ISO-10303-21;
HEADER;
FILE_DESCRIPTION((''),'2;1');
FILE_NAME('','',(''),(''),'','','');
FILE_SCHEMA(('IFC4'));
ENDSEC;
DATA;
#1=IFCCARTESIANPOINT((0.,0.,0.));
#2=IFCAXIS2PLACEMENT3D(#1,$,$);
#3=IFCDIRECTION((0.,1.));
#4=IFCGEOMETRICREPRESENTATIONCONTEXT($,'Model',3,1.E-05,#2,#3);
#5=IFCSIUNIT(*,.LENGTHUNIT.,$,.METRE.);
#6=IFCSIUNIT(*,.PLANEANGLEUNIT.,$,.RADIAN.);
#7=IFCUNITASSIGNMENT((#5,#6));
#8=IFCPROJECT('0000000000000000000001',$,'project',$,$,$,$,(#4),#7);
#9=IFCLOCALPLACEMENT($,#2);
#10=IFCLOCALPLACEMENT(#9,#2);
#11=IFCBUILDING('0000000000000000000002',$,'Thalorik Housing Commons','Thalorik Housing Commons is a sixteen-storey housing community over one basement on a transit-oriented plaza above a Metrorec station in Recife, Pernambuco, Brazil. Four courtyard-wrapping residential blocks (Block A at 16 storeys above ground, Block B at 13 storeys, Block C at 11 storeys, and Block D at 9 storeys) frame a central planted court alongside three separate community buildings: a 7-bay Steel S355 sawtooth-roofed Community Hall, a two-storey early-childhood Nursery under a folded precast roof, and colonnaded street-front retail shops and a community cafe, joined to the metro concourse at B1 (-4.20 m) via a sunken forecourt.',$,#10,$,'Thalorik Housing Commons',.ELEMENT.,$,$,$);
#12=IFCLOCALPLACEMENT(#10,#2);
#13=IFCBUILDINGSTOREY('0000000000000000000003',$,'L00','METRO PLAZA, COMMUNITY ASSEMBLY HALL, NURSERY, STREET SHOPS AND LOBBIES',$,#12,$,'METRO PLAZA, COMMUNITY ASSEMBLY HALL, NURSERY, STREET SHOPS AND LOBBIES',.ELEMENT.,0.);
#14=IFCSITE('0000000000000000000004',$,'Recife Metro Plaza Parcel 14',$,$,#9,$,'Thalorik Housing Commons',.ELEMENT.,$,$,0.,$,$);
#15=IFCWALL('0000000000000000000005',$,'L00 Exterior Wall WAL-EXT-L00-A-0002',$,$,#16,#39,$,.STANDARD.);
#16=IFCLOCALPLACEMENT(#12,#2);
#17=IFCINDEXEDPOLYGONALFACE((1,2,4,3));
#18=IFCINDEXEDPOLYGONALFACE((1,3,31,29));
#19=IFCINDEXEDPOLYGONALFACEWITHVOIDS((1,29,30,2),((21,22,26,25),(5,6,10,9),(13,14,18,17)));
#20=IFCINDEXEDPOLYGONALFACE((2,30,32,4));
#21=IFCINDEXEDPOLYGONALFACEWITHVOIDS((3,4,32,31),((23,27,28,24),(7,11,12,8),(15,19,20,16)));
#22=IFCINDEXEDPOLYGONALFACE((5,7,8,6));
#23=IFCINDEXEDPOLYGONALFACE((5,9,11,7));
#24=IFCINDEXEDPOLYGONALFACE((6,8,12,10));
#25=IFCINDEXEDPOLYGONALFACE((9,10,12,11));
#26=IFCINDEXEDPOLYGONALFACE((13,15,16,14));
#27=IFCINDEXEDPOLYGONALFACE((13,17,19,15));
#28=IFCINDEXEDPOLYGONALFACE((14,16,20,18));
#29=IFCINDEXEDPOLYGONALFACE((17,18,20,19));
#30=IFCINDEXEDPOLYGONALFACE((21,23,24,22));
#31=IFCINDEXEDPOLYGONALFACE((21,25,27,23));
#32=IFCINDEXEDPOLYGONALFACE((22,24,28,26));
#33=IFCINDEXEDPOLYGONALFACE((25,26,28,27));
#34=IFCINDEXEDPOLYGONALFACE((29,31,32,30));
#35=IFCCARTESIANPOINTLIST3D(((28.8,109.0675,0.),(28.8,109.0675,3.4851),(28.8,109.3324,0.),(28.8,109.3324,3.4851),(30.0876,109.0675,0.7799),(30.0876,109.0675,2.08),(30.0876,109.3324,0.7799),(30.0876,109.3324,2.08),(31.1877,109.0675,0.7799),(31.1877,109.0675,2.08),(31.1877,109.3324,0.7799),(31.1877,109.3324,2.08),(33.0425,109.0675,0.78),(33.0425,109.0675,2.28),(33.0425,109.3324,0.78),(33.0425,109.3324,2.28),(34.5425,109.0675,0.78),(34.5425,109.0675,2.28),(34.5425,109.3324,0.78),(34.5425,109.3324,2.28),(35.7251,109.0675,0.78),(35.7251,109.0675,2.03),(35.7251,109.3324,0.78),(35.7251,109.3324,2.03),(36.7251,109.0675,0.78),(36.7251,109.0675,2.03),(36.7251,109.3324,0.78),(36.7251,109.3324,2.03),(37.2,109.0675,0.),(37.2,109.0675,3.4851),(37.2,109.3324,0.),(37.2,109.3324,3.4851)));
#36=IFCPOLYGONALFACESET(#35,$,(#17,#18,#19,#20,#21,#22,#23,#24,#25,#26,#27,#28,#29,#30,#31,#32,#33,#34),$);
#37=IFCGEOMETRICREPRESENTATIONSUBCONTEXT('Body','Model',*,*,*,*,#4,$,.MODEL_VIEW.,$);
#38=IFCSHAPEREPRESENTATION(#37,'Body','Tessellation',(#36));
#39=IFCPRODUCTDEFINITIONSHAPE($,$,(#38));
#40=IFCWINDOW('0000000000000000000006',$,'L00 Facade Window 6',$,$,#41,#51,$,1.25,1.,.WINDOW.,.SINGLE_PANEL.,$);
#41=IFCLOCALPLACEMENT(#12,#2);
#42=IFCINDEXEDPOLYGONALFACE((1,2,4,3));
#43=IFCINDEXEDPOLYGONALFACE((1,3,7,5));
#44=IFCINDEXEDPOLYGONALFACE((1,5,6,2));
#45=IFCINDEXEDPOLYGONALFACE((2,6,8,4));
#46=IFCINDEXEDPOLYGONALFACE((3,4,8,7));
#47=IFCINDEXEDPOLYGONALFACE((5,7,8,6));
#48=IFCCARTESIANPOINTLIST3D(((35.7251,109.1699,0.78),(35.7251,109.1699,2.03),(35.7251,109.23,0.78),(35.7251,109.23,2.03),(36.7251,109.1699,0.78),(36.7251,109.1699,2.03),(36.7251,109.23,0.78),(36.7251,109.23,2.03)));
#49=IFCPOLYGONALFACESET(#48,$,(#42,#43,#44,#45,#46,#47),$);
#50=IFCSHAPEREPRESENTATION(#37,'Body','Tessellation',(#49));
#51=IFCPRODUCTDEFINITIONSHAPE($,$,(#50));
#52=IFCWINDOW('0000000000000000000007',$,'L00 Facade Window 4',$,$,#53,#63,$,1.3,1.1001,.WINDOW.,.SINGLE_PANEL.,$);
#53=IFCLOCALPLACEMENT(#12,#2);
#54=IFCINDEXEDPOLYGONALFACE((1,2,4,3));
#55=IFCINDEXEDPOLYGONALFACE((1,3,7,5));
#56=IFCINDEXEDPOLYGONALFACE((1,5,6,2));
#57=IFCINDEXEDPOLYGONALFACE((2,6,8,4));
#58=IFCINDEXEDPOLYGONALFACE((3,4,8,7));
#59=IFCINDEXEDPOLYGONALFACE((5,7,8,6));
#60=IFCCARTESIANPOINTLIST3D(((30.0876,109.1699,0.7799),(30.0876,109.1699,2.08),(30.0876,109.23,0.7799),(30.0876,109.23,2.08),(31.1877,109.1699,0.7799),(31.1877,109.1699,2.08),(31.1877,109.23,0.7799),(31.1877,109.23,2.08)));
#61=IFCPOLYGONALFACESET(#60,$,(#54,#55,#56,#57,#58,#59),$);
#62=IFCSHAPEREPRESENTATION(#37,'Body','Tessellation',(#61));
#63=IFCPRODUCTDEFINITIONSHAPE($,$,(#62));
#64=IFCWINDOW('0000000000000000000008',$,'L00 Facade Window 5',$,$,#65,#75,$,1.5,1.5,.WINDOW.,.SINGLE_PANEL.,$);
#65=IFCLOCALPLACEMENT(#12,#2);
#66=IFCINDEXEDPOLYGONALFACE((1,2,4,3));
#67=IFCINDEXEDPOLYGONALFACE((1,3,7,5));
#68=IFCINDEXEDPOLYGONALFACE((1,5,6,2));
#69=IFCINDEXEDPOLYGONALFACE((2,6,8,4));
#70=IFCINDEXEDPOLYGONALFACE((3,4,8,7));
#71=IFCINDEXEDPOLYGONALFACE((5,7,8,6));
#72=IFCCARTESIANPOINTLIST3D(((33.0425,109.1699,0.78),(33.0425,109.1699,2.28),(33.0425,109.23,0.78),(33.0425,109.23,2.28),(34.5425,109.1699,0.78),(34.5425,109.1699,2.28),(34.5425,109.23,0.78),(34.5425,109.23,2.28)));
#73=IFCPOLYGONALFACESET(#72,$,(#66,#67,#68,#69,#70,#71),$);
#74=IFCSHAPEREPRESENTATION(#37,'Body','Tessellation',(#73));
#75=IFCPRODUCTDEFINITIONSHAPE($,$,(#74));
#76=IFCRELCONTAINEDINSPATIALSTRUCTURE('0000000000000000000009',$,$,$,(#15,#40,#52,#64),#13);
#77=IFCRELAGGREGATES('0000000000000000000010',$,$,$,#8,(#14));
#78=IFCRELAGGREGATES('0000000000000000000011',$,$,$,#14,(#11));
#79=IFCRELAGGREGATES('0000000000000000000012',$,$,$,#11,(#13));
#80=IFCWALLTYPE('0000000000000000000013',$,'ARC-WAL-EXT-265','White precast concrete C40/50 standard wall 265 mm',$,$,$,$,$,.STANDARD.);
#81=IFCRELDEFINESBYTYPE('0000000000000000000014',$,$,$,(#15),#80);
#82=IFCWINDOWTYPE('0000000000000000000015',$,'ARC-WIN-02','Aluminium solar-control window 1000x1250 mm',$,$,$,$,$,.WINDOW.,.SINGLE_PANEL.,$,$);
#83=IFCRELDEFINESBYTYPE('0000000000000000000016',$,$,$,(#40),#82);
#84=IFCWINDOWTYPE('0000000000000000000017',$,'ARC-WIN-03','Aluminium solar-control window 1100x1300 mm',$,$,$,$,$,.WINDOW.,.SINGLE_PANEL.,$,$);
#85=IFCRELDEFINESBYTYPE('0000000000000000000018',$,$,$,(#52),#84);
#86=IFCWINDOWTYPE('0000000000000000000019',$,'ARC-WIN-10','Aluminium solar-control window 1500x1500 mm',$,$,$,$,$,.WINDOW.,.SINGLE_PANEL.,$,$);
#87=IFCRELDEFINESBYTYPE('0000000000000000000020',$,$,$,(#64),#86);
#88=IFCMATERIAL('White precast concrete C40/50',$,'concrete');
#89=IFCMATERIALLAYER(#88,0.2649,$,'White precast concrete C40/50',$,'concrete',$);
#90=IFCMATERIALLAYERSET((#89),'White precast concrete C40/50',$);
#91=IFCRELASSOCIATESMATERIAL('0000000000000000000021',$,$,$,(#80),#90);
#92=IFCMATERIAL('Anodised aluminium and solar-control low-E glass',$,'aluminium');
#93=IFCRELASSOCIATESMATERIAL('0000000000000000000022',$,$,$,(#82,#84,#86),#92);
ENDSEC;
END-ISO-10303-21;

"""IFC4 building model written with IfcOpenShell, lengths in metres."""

from ifc_helpers import new_model, si_unit, direction, frame, frame_2d, origin, place, context, subcontext, project, spatial, rectangle, extrude, material, layer, layer_set, type_object, element, fill, save


model = new_model("IFC4")

# Units and contexts
model_context = context("Model", 3, precision=1e-05, world=origin(), true_north=direction((0.0, 1.0)))
body_context = subcontext(model_context, "Body", "Model", "MODEL_VIEW")
ifc_project = project(units=[si_unit("LENGTHUNIT", "METRE"), si_unit("PLANEANGLEUNIT", "RADIAN")], contexts=[model_context])

# Site, building, storey
site_placement = place(None, origin())
site = spatial("IfcSite", under=ifc_project, at=site_placement, Name="Recife Metro Plaza Parcel 14", LongName="Thalorik Housing Commons", CompositionType="ELEMENT", RefElevation=0.0)
building_placement = place(site_placement, origin())
building = spatial("IfcBuilding", under=site, at=building_placement, Name="Thalorik Housing Commons", Description="Thalorik Housing Commons is a sixteen-storey housing community over one basement on a transit-oriented plaza above a Metrorec station in Recife, Pernambuco, Brazil. Four courtyard-wrapping residential blocks (Block A at 16 storeys above ground, Block B at 13 storeys, Block C at 11 storeys, and Block D at 9 storeys) frame a central planted court alongside three separate community buildings: a 7-bay Steel S355 sawtooth-roofed Community Hall, a two-storey early-childhood Nursery under a folded precast roof, and colonnaded street-front retail shops and a community cafe, joined to the metro concourse at B1 (-4.20 m) via a sunken forecourt.", LongName="Thalorik Housing Commons", CompositionType="ELEMENT")
storey_placement = place(building_placement, origin())
storey = spatial("IfcBuildingStorey", under=building, at=storey_placement, Name="L00", Description="METRO PLAZA, COMMUNITY ASSEMBLY HALL, NURSERY, STREET SHOPS AND LOBBIES", LongName="METRO PLAZA, COMMUNITY ASSEMBLY HALL, NURSERY, STREET SHOPS AND LOBBIES", CompositionType="ELEMENT", Elevation=0.0)

# Wall, openings, windows
ifc_material_1 = material(Name="White precast concrete C40/50", Category="concrete")
ifc_layer_1 = layer(ifc_material_1, 0.2649, Name="White precast concrete C40/50", Category="concrete")
ifc_layer_set_1 = layer_set([ifc_layer_1], Name="White precast concrete C40/50")
wall_type_1 = type_object("IfcWallType", Name="ARC-WAL-EXT-265", Description="White precast concrete C40/50 standard wall 265 mm", PredefinedType="STANDARD", material=ifc_layer_set_1)
ifc_material_2 = material(Name="Anodised aluminium and solar-control low-E glass", Category="aluminium")
window_type_1 = type_object("IfcWindowType", Name="ARC-WIN-02", Description="Aluminium solar-control window 1000x1250 mm", PartitioningType="SINGLE_PANEL", PredefinedType="WINDOW", material=ifc_material_2)
wall_1_placement = place(storey_placement, frame((28.8, 109.2, 0.0), z_axis=(0.0, 0.0, 1.0), x_axis=(1.0, 0.0, 0.0)))
wall_1 = element("IfcWall", 1, at=wall_1_placement, inside=storey, type_object=wall_type_1, Name="L00 Exterior Wall WAL-EXT-L00-A-0002", PredefinedType="STANDARD", context=body_context, shape_type="SweptSolid", body=[
    extrude(rectangle(XDim=8.3999, YDim=0.2649, at=frame_2d((4.2, 0.0))), origin(), (0.0, 0.0, 1.0), 3.4851),
])
opening_1_placement = place(wall_1_placement, frame((1.2876, 0.0, 0.78)))
opening_1 = element("IfcOpeningElement", 2, at=opening_1_placement, cuts=wall_1, PredefinedType="OPENING", context=body_context, shape_type="SweptSolid", body=[
    extrude(rectangle(XDim=1.1001, YDim=1.3, at=frame_2d((0.55, 0.6499))), frame((0.0, 0.1426, 0.0), z_axis=(0.0, -1.0, 0.0), x_axis=(1.0, 0.0, 0.0)), (0.0, 0.0, 1.0), 0.2849),
])
opening_2_placement = place(wall_1_placement, frame((4.2424, 0.0, 0.78)))
opening_2 = element("IfcOpeningElement", 3, at=opening_2_placement, cuts=wall_1, PredefinedType="OPENING", context=body_context, shape_type="SweptSolid", body=[
    extrude(rectangle(XDim=1.5, YDim=1.5, at=frame_2d((0.75, 0.75))), frame((0.0, 0.1426, 0.0), z_axis=(0.0, -1.0, 0.0), x_axis=(1.0, 0.0, 0.0)), (0.0, 0.0, 1.0), 0.2849),
])
opening_3_placement = place(wall_1_placement, frame((6.925, 0.0, 0.78)))
opening_3 = element("IfcOpeningElement", 4, at=opening_3_placement, cuts=wall_1, PredefinedType="OPENING", context=body_context, shape_type="SweptSolid", body=[
    extrude(rectangle(XDim=1.0, YDim=1.25, at=frame_2d((0.5, 0.625))), frame((0.0, 0.1426, 0.0), z_axis=(0.0, -1.0, 0.0), x_axis=(1.0, 0.0, 0.0)), (0.0, 0.0, 1.0), 0.2849),
])
window_1_placement = place(opening_3_placement, origin())
window_1 = element("IfcWindow", 5, at=window_1_placement, inside=storey, type_object=window_type_1, Name="L00 Facade Window 6", OverallHeight=1.25, OverallWidth=1.0, PartitioningType="SINGLE_PANEL", PredefinedType="WINDOW", context=body_context, shape_type="SweptSolid", body=[
    extrude(rectangle(XDim=1.0, YDim=1.25, at=frame_2d((0.5, 0.625))), frame((0.0, 0.03, 0.0), z_axis=(0.0, -1.0, 0.0), x_axis=(1.0, 0.0, 0.0)), (0.0, 0.0, 1.0), 0.0601),
])
fill(opening_3, window_1)
window_type_2 = type_object("IfcWindowType", Name="ARC-WIN-03", Description="Aluminium solar-control window 1100x1300 mm", PartitioningType="SINGLE_PANEL", PredefinedType="WINDOW", material=ifc_material_2)
window_2_placement = place(opening_1_placement, origin())
window_2 = element("IfcWindow", 6, at=window_2_placement, inside=storey, type_object=window_type_2, Name="L00 Facade Window 4", OverallHeight=1.3, OverallWidth=1.1001, PartitioningType="SINGLE_PANEL", PredefinedType="WINDOW", context=body_context, shape_type="SweptSolid", body=[
    extrude(rectangle(XDim=1.1001, YDim=1.3, at=frame_2d((0.55, 0.6499))), frame((0.0, 0.03, 0.0), z_axis=(0.0, -1.0, 0.0), x_axis=(1.0, 0.0, 0.0)), (0.0, 0.0, 1.0), 0.0601),
])
fill(opening_1, window_2)
window_type_3 = type_object("IfcWindowType", Name="ARC-WIN-10", Description="Aluminium solar-control window 1500x1500 mm", PartitioningType="SINGLE_PANEL", PredefinedType="WINDOW", material=ifc_material_2)
window_3_placement = place(opening_2_placement, origin())
window_3 = element("IfcWindow", 7, at=window_3_placement, inside=storey, type_object=window_type_3, Name="L00 Facade Window 5", OverallHeight=1.5, OverallWidth=1.5, PartitioningType="SINGLE_PANEL", PredefinedType="WINDOW", context=body_context, shape_type="SweptSolid", body=[
    extrude(rectangle(XDim=1.5, YDim=1.5, at=frame_2d((0.75, 0.75))), frame((0.0, 0.03, 0.0), z_axis=(0.0, -1.0, 0.0), x_axis=(1.0, 0.0, 0.0)), (0.0, 0.0, 1.0), 0.0601),
])
fill(opening_2, window_3)

save(model, "model.ifc")
